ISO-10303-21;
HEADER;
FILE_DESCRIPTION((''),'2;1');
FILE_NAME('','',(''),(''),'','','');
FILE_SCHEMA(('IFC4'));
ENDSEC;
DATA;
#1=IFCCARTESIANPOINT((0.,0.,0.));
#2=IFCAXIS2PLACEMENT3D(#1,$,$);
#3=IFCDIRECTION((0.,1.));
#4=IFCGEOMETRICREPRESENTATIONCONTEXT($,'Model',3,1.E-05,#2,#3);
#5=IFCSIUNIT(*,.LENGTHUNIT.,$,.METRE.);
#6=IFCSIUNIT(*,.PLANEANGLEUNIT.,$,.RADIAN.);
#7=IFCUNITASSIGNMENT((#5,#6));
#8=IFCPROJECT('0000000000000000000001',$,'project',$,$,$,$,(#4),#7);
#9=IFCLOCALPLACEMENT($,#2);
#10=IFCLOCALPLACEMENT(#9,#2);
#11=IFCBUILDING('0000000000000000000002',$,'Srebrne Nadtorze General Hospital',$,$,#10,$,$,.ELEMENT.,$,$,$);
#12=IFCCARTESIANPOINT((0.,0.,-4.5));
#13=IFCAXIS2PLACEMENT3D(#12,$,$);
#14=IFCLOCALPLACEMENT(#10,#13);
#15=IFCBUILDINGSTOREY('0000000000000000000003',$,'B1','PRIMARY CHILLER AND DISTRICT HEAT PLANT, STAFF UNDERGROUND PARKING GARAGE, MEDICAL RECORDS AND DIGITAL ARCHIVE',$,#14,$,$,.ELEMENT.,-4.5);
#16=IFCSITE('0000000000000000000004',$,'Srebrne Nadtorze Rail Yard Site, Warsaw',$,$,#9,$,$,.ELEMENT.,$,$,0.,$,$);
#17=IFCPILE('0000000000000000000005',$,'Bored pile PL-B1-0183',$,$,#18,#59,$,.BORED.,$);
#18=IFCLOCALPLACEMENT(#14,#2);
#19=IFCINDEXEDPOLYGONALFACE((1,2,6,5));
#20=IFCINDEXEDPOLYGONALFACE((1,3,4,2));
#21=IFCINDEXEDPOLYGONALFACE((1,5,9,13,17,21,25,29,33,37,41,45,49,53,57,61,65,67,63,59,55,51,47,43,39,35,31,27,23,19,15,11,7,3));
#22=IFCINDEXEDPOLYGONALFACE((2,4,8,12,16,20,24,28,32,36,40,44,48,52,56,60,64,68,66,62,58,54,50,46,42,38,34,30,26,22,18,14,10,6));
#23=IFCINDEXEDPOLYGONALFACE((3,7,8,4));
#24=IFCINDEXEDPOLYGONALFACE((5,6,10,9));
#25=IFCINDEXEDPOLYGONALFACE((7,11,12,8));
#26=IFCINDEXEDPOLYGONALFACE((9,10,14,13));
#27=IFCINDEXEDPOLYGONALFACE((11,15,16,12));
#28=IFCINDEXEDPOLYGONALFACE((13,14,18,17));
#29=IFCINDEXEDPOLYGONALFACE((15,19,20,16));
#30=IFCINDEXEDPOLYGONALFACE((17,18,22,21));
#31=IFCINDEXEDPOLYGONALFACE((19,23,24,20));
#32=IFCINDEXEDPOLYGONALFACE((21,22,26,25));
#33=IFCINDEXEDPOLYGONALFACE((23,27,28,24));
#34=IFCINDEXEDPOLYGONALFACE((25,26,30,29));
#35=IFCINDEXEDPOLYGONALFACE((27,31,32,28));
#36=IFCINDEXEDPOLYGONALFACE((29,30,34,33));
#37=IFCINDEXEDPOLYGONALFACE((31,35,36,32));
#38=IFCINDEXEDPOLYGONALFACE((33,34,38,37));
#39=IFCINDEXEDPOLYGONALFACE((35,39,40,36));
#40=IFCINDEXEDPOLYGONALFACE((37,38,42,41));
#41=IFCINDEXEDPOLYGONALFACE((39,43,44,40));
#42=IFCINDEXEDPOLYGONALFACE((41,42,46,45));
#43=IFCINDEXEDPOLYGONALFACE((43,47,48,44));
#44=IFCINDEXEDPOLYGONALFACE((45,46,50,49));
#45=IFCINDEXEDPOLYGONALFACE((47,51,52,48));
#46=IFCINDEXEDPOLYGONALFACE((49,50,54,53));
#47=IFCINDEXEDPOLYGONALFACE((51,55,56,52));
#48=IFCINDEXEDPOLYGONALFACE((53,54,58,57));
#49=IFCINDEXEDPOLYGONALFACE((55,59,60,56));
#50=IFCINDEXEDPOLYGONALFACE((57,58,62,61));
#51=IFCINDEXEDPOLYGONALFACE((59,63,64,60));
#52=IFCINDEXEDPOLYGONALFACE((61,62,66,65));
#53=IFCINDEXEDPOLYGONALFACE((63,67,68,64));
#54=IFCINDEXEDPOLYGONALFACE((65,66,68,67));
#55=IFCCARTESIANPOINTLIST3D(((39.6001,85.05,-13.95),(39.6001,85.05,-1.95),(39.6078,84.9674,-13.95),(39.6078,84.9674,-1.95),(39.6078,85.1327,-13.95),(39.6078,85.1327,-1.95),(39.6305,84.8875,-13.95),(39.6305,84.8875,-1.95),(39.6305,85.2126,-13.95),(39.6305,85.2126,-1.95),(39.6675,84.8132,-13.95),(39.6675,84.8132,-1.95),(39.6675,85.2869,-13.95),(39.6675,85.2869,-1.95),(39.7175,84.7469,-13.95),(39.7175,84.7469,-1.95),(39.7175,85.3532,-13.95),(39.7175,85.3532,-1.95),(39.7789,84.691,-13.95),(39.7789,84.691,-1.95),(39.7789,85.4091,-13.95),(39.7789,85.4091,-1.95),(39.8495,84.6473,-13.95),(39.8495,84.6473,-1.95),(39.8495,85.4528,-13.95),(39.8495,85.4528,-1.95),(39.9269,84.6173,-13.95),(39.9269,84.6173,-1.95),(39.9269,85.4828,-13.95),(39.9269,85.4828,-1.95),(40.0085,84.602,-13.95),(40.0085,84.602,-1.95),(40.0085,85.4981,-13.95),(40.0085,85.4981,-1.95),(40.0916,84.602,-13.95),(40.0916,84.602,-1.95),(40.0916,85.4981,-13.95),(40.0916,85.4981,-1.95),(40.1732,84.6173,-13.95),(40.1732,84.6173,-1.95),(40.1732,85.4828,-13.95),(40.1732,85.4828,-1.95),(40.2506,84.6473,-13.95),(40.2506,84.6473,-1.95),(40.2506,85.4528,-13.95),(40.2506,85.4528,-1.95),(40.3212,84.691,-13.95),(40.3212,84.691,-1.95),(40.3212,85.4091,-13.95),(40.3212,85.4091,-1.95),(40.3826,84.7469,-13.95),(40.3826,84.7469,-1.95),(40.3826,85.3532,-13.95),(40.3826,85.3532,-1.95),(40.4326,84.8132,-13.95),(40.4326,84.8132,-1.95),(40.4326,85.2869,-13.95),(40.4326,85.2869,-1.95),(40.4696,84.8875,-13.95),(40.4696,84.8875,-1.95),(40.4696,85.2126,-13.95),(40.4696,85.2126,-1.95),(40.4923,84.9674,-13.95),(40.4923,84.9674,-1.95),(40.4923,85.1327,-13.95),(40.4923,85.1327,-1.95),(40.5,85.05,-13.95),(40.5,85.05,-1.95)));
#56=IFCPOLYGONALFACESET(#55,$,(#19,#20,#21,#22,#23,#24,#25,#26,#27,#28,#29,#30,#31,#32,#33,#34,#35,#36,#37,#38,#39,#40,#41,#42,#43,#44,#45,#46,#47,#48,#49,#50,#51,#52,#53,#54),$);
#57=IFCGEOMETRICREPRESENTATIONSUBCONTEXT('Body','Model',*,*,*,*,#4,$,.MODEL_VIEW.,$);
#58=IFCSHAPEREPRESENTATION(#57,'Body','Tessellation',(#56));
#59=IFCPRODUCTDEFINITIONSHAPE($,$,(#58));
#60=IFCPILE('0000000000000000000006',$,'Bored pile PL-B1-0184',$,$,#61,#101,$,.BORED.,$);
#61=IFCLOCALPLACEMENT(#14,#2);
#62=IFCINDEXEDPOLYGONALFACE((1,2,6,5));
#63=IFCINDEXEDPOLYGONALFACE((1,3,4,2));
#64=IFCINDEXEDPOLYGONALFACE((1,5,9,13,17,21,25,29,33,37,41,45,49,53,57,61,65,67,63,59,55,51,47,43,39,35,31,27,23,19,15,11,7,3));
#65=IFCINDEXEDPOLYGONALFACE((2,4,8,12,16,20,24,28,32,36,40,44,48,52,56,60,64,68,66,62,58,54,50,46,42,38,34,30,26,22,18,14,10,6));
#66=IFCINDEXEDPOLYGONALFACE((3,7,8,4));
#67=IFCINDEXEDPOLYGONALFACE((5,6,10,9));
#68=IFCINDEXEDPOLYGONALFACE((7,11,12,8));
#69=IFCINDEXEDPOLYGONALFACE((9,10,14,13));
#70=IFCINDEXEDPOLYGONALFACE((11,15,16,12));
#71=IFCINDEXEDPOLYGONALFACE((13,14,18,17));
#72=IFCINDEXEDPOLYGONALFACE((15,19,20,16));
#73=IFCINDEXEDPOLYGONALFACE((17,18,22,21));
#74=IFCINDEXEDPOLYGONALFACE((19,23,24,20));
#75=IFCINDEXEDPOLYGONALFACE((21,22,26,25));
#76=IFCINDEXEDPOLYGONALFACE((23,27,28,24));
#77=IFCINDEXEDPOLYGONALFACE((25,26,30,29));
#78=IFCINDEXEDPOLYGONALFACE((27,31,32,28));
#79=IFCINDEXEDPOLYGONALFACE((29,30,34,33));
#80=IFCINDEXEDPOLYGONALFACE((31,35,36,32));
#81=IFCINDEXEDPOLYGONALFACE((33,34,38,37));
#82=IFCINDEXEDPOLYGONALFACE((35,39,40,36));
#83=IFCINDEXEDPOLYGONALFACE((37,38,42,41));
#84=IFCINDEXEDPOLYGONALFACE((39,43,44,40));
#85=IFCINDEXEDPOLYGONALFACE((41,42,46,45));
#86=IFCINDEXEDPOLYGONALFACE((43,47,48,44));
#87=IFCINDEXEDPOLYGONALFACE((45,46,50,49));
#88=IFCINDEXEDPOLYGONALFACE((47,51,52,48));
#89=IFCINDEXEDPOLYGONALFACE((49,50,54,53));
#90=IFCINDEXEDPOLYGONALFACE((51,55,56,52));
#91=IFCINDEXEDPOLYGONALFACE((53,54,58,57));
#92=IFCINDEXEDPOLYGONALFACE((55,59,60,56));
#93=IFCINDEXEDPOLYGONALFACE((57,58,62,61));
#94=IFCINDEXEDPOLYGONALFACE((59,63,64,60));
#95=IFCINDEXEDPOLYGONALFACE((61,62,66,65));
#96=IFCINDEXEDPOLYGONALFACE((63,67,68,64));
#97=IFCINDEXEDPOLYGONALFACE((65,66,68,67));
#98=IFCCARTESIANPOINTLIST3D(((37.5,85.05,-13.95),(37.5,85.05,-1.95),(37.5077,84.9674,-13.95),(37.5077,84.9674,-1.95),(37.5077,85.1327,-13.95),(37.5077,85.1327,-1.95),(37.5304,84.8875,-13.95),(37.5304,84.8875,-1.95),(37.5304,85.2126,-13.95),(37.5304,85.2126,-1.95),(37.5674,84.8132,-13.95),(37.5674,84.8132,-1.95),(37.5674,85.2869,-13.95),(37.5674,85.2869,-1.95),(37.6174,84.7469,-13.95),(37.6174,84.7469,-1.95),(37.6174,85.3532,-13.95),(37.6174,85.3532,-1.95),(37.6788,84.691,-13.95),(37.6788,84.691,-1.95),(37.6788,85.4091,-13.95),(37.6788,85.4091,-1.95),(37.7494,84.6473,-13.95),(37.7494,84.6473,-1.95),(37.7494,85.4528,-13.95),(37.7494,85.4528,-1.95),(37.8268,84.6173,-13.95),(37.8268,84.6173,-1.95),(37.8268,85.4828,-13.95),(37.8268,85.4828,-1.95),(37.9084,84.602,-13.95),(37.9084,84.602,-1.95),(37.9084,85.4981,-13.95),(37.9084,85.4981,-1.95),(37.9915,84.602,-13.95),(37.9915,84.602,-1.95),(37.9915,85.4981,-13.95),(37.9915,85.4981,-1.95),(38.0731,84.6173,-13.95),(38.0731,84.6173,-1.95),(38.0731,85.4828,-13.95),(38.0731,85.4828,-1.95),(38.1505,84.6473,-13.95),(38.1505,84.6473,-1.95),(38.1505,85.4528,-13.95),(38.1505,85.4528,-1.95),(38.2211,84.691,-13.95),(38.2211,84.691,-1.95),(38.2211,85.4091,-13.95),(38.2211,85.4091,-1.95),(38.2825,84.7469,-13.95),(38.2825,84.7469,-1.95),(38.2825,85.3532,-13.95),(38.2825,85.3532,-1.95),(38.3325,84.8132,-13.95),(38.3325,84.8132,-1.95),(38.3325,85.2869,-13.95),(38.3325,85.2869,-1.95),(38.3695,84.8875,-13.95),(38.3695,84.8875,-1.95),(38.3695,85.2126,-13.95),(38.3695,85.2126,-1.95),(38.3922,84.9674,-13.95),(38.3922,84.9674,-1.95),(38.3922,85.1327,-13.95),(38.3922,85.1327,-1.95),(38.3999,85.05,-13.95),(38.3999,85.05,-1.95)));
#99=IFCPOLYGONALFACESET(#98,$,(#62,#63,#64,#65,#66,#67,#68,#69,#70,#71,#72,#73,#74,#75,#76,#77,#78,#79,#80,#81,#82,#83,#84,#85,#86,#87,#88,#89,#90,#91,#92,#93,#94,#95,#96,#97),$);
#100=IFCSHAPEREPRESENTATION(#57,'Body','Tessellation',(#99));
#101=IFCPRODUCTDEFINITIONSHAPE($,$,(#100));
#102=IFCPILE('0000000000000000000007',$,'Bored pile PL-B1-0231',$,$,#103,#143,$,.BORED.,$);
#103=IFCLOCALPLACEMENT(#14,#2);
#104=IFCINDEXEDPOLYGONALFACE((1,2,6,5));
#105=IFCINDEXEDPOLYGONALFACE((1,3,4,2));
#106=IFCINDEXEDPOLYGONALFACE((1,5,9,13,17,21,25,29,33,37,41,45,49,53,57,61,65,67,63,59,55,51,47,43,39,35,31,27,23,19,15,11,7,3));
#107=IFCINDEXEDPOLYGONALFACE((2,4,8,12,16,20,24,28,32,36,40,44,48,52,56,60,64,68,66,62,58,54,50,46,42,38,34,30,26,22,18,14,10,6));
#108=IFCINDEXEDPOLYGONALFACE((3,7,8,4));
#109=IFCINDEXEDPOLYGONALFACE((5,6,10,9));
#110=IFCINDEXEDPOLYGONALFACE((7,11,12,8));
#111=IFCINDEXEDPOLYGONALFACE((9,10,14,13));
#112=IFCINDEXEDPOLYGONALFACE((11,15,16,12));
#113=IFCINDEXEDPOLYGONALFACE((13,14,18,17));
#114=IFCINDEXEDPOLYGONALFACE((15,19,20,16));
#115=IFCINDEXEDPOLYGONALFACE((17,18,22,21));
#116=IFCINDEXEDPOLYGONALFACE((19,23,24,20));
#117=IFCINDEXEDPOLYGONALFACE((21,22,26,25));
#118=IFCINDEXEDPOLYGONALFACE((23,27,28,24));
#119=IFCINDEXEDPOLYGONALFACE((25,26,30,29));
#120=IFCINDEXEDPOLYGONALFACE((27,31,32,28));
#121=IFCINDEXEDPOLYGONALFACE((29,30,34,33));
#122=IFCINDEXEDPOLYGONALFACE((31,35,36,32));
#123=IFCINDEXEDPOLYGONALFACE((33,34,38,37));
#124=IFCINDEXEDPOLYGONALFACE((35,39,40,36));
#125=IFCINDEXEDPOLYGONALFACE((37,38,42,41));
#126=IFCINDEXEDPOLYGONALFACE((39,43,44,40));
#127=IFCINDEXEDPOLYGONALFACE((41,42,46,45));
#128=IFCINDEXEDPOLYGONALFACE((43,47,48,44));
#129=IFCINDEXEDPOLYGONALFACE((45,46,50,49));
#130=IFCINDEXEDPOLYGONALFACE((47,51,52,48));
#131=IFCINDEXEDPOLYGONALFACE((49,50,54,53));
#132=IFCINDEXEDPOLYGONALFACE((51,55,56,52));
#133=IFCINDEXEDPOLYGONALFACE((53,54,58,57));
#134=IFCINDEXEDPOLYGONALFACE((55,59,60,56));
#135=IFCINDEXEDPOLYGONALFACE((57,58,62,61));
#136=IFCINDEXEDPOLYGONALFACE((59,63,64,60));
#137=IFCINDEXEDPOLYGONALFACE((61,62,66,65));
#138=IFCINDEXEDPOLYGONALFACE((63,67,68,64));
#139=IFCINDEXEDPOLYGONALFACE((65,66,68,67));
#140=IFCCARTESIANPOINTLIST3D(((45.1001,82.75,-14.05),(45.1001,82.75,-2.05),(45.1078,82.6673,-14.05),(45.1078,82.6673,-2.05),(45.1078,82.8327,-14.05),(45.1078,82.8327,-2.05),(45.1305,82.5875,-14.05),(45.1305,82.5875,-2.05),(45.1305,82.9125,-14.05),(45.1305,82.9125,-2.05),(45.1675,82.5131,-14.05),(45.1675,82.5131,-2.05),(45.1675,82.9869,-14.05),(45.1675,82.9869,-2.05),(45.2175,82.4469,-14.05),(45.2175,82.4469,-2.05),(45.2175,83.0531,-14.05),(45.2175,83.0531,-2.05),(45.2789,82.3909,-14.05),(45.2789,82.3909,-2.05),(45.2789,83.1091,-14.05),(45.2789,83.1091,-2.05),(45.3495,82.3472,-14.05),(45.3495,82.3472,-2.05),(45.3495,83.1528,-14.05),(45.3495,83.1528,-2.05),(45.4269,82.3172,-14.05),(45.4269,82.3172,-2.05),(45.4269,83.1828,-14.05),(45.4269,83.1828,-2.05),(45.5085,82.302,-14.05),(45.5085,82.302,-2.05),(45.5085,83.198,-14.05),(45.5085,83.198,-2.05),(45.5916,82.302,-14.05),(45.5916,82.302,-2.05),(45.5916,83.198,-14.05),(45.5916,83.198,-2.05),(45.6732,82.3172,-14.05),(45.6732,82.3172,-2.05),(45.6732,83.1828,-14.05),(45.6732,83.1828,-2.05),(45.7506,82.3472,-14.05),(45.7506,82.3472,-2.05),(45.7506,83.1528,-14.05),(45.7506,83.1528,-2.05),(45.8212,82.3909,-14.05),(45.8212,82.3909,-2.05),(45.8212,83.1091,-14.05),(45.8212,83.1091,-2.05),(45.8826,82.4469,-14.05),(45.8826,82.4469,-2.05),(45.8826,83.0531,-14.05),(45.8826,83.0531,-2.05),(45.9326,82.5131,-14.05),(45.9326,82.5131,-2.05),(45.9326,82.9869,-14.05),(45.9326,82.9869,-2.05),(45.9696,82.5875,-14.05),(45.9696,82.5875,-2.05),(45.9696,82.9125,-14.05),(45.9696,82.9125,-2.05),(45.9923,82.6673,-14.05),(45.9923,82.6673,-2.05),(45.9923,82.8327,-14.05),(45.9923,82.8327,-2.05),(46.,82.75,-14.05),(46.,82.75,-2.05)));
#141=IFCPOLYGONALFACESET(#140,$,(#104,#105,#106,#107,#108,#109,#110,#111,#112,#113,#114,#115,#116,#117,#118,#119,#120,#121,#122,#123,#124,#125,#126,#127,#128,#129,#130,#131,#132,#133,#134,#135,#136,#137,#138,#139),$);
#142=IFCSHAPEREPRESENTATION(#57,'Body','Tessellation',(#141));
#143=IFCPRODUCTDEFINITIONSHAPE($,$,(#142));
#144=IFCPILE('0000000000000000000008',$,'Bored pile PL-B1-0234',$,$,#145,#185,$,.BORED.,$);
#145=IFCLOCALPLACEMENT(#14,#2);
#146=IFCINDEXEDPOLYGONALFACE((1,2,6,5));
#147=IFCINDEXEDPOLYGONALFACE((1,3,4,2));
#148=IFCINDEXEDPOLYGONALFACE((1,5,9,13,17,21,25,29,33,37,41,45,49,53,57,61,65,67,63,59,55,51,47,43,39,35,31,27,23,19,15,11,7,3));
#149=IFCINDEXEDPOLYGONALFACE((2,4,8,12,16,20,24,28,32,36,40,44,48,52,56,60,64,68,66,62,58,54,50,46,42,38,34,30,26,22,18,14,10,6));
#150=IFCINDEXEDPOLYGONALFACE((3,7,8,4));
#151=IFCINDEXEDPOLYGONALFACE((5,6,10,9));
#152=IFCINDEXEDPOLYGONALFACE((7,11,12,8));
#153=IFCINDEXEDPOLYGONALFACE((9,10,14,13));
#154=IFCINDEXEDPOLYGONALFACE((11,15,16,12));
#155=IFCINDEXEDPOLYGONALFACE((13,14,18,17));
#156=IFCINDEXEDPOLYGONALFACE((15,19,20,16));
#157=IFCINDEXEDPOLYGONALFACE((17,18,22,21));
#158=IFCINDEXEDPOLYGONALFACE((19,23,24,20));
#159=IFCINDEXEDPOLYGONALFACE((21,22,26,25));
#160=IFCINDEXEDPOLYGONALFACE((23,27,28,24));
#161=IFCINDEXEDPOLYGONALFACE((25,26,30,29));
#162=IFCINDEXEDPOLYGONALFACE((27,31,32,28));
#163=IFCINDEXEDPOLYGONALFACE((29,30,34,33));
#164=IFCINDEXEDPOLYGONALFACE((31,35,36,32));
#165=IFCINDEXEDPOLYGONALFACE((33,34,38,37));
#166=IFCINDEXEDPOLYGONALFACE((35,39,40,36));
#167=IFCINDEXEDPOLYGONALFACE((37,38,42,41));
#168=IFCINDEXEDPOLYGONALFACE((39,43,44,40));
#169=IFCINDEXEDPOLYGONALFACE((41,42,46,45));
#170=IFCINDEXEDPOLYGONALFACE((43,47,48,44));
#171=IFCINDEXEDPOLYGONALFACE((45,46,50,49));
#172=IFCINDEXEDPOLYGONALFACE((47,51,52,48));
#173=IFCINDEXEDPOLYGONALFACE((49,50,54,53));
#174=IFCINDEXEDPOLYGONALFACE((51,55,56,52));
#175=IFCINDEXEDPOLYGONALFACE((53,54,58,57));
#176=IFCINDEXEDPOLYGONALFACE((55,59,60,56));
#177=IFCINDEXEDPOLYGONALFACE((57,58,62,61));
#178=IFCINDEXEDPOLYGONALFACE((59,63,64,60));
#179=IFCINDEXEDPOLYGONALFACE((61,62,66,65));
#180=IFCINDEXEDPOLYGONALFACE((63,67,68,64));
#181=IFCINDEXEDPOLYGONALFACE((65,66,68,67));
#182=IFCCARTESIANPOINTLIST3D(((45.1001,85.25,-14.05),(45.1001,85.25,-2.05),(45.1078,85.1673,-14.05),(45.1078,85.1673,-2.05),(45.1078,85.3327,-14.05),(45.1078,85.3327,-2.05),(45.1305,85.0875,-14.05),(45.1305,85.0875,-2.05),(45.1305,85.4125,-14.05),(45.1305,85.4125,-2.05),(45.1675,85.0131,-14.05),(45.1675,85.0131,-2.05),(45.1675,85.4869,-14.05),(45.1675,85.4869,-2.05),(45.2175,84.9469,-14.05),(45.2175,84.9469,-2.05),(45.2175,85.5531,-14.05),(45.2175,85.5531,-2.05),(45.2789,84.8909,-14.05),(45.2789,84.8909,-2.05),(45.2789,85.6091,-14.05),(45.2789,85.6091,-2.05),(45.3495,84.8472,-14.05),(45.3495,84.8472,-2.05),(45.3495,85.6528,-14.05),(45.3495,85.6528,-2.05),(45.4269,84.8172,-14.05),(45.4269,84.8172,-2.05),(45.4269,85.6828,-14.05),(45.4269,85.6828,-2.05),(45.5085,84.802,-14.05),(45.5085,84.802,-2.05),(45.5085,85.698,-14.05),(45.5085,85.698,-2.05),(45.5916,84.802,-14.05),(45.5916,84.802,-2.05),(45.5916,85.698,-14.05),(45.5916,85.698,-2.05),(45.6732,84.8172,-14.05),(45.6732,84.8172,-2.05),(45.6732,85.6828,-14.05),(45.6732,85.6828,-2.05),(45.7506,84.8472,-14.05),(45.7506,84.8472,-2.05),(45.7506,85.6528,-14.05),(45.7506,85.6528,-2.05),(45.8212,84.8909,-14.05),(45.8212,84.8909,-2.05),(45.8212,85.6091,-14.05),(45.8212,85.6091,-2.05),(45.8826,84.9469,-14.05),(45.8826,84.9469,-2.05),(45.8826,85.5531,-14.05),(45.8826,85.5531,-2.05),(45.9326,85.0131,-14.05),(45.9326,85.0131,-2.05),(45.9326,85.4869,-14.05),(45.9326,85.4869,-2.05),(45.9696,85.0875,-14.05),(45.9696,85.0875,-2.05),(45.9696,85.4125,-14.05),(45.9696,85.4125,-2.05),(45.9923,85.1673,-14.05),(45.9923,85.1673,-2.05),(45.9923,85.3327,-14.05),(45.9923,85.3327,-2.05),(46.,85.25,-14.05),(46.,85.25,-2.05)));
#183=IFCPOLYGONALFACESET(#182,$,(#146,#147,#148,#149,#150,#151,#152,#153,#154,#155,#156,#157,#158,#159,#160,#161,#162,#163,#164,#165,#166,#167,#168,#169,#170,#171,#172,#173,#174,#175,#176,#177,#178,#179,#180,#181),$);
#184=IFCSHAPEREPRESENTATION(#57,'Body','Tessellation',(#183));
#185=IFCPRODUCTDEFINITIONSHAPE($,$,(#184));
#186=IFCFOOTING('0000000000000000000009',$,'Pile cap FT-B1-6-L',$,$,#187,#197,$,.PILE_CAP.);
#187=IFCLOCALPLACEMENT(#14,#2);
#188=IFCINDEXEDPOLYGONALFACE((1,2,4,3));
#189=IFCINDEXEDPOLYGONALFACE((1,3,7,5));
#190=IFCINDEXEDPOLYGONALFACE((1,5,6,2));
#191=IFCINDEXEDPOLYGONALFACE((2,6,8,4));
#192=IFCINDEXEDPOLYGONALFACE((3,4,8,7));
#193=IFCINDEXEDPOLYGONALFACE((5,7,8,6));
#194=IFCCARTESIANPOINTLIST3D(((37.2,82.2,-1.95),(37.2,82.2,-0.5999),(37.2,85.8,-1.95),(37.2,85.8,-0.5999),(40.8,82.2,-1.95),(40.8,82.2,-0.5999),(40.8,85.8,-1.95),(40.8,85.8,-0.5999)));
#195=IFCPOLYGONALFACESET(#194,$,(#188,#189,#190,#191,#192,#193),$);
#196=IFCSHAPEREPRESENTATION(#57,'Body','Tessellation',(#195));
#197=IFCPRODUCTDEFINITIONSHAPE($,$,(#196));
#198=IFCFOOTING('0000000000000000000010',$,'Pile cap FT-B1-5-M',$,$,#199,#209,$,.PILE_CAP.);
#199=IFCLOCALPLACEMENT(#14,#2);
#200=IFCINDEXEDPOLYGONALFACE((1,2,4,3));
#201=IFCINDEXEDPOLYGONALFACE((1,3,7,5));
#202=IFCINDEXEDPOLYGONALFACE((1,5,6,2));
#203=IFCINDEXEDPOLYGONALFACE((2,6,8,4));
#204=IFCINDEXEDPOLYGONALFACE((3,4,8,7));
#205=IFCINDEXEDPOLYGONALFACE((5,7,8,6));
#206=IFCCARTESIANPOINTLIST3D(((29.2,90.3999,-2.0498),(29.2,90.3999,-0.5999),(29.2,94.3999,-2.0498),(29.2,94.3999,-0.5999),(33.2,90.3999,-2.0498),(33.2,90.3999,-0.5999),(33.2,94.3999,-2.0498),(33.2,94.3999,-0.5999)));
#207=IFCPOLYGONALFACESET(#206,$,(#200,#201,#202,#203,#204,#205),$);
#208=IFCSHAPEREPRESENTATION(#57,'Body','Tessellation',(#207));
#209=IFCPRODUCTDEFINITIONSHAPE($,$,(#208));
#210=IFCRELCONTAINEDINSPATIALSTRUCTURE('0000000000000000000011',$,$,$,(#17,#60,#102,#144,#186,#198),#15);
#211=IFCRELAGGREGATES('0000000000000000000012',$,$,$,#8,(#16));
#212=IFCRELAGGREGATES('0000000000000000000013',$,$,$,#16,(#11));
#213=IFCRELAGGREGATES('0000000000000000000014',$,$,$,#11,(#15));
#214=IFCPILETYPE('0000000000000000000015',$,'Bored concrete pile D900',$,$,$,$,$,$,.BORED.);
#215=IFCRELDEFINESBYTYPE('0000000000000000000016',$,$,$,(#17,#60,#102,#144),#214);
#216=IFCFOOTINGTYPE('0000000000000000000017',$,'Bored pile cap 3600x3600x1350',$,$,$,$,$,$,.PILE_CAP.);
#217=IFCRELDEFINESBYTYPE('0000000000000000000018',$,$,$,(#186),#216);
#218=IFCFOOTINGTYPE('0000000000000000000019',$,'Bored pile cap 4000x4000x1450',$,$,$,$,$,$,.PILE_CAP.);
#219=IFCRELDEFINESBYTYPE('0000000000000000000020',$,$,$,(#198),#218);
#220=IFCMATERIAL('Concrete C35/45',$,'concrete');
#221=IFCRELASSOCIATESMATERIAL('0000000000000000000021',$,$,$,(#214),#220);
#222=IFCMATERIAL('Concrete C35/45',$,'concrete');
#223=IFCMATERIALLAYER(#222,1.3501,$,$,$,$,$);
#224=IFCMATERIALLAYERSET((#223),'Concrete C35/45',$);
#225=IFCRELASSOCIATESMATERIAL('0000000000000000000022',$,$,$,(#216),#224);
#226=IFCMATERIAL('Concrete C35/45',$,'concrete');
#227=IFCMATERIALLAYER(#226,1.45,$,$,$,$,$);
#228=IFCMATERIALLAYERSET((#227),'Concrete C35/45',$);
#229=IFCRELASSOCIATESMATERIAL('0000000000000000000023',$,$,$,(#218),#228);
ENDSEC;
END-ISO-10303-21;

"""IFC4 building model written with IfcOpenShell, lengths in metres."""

from ifc_helpers import new_model, si_unit, direction, frame, origin, origin_2d, place, context, subcontext, project, spatial, rectangle, circle, extrude, material, layer, layer_set, material_profile, profile_set, type_object, element, save


model = new_model("IFC4")

# Units and contexts
model_context = context("Model", 3, precision=1e-05, world=origin(), true_north=direction((0.0, 1.0)))
body_context = subcontext(model_context, "Body", "Model", "MODEL_VIEW")
ifc_project = project(units=[si_unit("LENGTHUNIT", "METRE"), si_unit("PLANEANGLEUNIT", "RADIAN")], contexts=[model_context])

# Site, building, storey
site_placement = place(None, origin())
site = spatial("IfcSite", under=ifc_project, at=site_placement, Name="Srebrne Nadtorze Rail Yard Site, Warsaw", CompositionType="ELEMENT", RefElevation=0.0)
building_placement = place(site_placement, origin())
building = spatial("IfcBuilding", under=site, at=building_placement, Name="Srebrne Nadtorze General Hospital", CompositionType="ELEMENT")
storey_placement = place(building_placement, frame((0.0, 0.0, -4.5)))
storey = spatial("IfcBuildingStorey", under=building, at=storey_placement, Name="B1", Description="PRIMARY CHILLER AND DISTRICT HEAT PLANT, STAFF UNDERGROUND PARKING GARAGE, MEDICAL RECORDS AND DIGITAL ARCHIVE", CompositionType="ELEMENT", Elevation=-4.5)

# Piles
ifc_material_1 = material(Name="Concrete C35/45", Category="concrete")
ifc_material_profile_1 = material_profile(ifc_material_1, circle(Radius=0.45, at=origin_2d()), Name="PILE-D900")
ifc_profile_set_1 = profile_set([ifc_material_profile_1], Name="Concrete C35/45")
pile_type_1 = type_object("IfcPileType", Name="Bored concrete pile D900", PredefinedType="BORED", material=ifc_profile_set_1)
for number, where, z_axis, x_axis, name in (
    (1, (40.05, 85.05, -1.95), (0.0, 0.0, -1.0), (1.0, 0.0, 0.0), "Bored pile PL-B1-0183"),
    (2, (37.95, 85.05, -1.95), (0.0, 0.0, -1.0), (1.0, 0.0, 0.0), "Bored pile PL-B1-0184"),
    (3, (45.55, 82.75, -2.05), (0.0, 0.0, -1.0), (1.0, 0.0, 0.0), "Bored pile PL-B1-0231"),
    (4, (45.55, 85.25, -2.05), (0.0, 0.0, -1.0), (1.0, 0.0, 0.0), "Bored pile PL-B1-0234"),
):
    element("IfcPile", number, at=place(storey_placement, frame(where, z_axis=z_axis, x_axis=x_axis)), inside=storey, type_object=pile_type_1, Name=name, PredefinedType="BORED", context=body_context, shape_type="SweptSolid", body=[
        extrude(circle(Radius=0.45, at=origin_2d()), origin(), (0.0, 0.0, 1.0), 12.0),
    ])

# Footings
ifc_material_2 = material(Name="Concrete C35/45", Category="concrete")
ifc_layer_1 = layer(ifc_material_2, 1.3501)
ifc_layer_set_1 = layer_set([ifc_layer_1], Name="Concrete C35/45")
footing_type_1 = type_object("IfcFootingType", Name="Bored pile cap 3600x3600x1350", PredefinedType="PILE_CAP", material=ifc_layer_set_1)
footing_1_placement = place(storey_placement, frame((39.0, 84.0, -1.95), z_axis=(0.0, 0.0, 1.0), x_axis=(1.0, 0.0, 0.0)))
element("IfcFooting", 5, at=footing_1_placement, inside=storey, type_object=footing_type_1, Name="Pile cap FT-B1-6-L", PredefinedType="PILE_CAP", context=body_context, shape_type="SweptSolid", body=[
    extrude(rectangle(XDim=3.6001, YDim=3.6001, at=origin_2d()), origin(), (0.0, 0.0, 1.0), 1.3501),
])
ifc_material_3 = material(Name="Concrete C35/45", Category="concrete")
ifc_layer_2 = layer(ifc_material_3, 1.45)
ifc_layer_set_2 = layer_set([ifc_layer_2], Name="Concrete C35/45")
footing_type_2 = type_object("IfcFootingType", Name="Bored pile cap 4000x4000x1450", PredefinedType="PILE_CAP", material=ifc_layer_set_2)
footing_2_placement = place(storey_placement, frame((31.2, 92.3999, -2.0498), z_axis=(0.0, 0.0, 1.0), x_axis=(1.0, 0.0, 0.0)))
element("IfcFooting", 6, at=footing_2_placement, inside=storey, type_object=footing_type_2, Name="Pile cap FT-B1-5-M", PredefinedType="PILE_CAP", context=body_context, shape_type="SweptSolid", body=[
    extrude(rectangle(XDim=4.0, YDim=4.0, at=origin_2d()), origin(), (0.0, 0.0, 1.0), 1.45),
])

save(model, "model.ifc")
